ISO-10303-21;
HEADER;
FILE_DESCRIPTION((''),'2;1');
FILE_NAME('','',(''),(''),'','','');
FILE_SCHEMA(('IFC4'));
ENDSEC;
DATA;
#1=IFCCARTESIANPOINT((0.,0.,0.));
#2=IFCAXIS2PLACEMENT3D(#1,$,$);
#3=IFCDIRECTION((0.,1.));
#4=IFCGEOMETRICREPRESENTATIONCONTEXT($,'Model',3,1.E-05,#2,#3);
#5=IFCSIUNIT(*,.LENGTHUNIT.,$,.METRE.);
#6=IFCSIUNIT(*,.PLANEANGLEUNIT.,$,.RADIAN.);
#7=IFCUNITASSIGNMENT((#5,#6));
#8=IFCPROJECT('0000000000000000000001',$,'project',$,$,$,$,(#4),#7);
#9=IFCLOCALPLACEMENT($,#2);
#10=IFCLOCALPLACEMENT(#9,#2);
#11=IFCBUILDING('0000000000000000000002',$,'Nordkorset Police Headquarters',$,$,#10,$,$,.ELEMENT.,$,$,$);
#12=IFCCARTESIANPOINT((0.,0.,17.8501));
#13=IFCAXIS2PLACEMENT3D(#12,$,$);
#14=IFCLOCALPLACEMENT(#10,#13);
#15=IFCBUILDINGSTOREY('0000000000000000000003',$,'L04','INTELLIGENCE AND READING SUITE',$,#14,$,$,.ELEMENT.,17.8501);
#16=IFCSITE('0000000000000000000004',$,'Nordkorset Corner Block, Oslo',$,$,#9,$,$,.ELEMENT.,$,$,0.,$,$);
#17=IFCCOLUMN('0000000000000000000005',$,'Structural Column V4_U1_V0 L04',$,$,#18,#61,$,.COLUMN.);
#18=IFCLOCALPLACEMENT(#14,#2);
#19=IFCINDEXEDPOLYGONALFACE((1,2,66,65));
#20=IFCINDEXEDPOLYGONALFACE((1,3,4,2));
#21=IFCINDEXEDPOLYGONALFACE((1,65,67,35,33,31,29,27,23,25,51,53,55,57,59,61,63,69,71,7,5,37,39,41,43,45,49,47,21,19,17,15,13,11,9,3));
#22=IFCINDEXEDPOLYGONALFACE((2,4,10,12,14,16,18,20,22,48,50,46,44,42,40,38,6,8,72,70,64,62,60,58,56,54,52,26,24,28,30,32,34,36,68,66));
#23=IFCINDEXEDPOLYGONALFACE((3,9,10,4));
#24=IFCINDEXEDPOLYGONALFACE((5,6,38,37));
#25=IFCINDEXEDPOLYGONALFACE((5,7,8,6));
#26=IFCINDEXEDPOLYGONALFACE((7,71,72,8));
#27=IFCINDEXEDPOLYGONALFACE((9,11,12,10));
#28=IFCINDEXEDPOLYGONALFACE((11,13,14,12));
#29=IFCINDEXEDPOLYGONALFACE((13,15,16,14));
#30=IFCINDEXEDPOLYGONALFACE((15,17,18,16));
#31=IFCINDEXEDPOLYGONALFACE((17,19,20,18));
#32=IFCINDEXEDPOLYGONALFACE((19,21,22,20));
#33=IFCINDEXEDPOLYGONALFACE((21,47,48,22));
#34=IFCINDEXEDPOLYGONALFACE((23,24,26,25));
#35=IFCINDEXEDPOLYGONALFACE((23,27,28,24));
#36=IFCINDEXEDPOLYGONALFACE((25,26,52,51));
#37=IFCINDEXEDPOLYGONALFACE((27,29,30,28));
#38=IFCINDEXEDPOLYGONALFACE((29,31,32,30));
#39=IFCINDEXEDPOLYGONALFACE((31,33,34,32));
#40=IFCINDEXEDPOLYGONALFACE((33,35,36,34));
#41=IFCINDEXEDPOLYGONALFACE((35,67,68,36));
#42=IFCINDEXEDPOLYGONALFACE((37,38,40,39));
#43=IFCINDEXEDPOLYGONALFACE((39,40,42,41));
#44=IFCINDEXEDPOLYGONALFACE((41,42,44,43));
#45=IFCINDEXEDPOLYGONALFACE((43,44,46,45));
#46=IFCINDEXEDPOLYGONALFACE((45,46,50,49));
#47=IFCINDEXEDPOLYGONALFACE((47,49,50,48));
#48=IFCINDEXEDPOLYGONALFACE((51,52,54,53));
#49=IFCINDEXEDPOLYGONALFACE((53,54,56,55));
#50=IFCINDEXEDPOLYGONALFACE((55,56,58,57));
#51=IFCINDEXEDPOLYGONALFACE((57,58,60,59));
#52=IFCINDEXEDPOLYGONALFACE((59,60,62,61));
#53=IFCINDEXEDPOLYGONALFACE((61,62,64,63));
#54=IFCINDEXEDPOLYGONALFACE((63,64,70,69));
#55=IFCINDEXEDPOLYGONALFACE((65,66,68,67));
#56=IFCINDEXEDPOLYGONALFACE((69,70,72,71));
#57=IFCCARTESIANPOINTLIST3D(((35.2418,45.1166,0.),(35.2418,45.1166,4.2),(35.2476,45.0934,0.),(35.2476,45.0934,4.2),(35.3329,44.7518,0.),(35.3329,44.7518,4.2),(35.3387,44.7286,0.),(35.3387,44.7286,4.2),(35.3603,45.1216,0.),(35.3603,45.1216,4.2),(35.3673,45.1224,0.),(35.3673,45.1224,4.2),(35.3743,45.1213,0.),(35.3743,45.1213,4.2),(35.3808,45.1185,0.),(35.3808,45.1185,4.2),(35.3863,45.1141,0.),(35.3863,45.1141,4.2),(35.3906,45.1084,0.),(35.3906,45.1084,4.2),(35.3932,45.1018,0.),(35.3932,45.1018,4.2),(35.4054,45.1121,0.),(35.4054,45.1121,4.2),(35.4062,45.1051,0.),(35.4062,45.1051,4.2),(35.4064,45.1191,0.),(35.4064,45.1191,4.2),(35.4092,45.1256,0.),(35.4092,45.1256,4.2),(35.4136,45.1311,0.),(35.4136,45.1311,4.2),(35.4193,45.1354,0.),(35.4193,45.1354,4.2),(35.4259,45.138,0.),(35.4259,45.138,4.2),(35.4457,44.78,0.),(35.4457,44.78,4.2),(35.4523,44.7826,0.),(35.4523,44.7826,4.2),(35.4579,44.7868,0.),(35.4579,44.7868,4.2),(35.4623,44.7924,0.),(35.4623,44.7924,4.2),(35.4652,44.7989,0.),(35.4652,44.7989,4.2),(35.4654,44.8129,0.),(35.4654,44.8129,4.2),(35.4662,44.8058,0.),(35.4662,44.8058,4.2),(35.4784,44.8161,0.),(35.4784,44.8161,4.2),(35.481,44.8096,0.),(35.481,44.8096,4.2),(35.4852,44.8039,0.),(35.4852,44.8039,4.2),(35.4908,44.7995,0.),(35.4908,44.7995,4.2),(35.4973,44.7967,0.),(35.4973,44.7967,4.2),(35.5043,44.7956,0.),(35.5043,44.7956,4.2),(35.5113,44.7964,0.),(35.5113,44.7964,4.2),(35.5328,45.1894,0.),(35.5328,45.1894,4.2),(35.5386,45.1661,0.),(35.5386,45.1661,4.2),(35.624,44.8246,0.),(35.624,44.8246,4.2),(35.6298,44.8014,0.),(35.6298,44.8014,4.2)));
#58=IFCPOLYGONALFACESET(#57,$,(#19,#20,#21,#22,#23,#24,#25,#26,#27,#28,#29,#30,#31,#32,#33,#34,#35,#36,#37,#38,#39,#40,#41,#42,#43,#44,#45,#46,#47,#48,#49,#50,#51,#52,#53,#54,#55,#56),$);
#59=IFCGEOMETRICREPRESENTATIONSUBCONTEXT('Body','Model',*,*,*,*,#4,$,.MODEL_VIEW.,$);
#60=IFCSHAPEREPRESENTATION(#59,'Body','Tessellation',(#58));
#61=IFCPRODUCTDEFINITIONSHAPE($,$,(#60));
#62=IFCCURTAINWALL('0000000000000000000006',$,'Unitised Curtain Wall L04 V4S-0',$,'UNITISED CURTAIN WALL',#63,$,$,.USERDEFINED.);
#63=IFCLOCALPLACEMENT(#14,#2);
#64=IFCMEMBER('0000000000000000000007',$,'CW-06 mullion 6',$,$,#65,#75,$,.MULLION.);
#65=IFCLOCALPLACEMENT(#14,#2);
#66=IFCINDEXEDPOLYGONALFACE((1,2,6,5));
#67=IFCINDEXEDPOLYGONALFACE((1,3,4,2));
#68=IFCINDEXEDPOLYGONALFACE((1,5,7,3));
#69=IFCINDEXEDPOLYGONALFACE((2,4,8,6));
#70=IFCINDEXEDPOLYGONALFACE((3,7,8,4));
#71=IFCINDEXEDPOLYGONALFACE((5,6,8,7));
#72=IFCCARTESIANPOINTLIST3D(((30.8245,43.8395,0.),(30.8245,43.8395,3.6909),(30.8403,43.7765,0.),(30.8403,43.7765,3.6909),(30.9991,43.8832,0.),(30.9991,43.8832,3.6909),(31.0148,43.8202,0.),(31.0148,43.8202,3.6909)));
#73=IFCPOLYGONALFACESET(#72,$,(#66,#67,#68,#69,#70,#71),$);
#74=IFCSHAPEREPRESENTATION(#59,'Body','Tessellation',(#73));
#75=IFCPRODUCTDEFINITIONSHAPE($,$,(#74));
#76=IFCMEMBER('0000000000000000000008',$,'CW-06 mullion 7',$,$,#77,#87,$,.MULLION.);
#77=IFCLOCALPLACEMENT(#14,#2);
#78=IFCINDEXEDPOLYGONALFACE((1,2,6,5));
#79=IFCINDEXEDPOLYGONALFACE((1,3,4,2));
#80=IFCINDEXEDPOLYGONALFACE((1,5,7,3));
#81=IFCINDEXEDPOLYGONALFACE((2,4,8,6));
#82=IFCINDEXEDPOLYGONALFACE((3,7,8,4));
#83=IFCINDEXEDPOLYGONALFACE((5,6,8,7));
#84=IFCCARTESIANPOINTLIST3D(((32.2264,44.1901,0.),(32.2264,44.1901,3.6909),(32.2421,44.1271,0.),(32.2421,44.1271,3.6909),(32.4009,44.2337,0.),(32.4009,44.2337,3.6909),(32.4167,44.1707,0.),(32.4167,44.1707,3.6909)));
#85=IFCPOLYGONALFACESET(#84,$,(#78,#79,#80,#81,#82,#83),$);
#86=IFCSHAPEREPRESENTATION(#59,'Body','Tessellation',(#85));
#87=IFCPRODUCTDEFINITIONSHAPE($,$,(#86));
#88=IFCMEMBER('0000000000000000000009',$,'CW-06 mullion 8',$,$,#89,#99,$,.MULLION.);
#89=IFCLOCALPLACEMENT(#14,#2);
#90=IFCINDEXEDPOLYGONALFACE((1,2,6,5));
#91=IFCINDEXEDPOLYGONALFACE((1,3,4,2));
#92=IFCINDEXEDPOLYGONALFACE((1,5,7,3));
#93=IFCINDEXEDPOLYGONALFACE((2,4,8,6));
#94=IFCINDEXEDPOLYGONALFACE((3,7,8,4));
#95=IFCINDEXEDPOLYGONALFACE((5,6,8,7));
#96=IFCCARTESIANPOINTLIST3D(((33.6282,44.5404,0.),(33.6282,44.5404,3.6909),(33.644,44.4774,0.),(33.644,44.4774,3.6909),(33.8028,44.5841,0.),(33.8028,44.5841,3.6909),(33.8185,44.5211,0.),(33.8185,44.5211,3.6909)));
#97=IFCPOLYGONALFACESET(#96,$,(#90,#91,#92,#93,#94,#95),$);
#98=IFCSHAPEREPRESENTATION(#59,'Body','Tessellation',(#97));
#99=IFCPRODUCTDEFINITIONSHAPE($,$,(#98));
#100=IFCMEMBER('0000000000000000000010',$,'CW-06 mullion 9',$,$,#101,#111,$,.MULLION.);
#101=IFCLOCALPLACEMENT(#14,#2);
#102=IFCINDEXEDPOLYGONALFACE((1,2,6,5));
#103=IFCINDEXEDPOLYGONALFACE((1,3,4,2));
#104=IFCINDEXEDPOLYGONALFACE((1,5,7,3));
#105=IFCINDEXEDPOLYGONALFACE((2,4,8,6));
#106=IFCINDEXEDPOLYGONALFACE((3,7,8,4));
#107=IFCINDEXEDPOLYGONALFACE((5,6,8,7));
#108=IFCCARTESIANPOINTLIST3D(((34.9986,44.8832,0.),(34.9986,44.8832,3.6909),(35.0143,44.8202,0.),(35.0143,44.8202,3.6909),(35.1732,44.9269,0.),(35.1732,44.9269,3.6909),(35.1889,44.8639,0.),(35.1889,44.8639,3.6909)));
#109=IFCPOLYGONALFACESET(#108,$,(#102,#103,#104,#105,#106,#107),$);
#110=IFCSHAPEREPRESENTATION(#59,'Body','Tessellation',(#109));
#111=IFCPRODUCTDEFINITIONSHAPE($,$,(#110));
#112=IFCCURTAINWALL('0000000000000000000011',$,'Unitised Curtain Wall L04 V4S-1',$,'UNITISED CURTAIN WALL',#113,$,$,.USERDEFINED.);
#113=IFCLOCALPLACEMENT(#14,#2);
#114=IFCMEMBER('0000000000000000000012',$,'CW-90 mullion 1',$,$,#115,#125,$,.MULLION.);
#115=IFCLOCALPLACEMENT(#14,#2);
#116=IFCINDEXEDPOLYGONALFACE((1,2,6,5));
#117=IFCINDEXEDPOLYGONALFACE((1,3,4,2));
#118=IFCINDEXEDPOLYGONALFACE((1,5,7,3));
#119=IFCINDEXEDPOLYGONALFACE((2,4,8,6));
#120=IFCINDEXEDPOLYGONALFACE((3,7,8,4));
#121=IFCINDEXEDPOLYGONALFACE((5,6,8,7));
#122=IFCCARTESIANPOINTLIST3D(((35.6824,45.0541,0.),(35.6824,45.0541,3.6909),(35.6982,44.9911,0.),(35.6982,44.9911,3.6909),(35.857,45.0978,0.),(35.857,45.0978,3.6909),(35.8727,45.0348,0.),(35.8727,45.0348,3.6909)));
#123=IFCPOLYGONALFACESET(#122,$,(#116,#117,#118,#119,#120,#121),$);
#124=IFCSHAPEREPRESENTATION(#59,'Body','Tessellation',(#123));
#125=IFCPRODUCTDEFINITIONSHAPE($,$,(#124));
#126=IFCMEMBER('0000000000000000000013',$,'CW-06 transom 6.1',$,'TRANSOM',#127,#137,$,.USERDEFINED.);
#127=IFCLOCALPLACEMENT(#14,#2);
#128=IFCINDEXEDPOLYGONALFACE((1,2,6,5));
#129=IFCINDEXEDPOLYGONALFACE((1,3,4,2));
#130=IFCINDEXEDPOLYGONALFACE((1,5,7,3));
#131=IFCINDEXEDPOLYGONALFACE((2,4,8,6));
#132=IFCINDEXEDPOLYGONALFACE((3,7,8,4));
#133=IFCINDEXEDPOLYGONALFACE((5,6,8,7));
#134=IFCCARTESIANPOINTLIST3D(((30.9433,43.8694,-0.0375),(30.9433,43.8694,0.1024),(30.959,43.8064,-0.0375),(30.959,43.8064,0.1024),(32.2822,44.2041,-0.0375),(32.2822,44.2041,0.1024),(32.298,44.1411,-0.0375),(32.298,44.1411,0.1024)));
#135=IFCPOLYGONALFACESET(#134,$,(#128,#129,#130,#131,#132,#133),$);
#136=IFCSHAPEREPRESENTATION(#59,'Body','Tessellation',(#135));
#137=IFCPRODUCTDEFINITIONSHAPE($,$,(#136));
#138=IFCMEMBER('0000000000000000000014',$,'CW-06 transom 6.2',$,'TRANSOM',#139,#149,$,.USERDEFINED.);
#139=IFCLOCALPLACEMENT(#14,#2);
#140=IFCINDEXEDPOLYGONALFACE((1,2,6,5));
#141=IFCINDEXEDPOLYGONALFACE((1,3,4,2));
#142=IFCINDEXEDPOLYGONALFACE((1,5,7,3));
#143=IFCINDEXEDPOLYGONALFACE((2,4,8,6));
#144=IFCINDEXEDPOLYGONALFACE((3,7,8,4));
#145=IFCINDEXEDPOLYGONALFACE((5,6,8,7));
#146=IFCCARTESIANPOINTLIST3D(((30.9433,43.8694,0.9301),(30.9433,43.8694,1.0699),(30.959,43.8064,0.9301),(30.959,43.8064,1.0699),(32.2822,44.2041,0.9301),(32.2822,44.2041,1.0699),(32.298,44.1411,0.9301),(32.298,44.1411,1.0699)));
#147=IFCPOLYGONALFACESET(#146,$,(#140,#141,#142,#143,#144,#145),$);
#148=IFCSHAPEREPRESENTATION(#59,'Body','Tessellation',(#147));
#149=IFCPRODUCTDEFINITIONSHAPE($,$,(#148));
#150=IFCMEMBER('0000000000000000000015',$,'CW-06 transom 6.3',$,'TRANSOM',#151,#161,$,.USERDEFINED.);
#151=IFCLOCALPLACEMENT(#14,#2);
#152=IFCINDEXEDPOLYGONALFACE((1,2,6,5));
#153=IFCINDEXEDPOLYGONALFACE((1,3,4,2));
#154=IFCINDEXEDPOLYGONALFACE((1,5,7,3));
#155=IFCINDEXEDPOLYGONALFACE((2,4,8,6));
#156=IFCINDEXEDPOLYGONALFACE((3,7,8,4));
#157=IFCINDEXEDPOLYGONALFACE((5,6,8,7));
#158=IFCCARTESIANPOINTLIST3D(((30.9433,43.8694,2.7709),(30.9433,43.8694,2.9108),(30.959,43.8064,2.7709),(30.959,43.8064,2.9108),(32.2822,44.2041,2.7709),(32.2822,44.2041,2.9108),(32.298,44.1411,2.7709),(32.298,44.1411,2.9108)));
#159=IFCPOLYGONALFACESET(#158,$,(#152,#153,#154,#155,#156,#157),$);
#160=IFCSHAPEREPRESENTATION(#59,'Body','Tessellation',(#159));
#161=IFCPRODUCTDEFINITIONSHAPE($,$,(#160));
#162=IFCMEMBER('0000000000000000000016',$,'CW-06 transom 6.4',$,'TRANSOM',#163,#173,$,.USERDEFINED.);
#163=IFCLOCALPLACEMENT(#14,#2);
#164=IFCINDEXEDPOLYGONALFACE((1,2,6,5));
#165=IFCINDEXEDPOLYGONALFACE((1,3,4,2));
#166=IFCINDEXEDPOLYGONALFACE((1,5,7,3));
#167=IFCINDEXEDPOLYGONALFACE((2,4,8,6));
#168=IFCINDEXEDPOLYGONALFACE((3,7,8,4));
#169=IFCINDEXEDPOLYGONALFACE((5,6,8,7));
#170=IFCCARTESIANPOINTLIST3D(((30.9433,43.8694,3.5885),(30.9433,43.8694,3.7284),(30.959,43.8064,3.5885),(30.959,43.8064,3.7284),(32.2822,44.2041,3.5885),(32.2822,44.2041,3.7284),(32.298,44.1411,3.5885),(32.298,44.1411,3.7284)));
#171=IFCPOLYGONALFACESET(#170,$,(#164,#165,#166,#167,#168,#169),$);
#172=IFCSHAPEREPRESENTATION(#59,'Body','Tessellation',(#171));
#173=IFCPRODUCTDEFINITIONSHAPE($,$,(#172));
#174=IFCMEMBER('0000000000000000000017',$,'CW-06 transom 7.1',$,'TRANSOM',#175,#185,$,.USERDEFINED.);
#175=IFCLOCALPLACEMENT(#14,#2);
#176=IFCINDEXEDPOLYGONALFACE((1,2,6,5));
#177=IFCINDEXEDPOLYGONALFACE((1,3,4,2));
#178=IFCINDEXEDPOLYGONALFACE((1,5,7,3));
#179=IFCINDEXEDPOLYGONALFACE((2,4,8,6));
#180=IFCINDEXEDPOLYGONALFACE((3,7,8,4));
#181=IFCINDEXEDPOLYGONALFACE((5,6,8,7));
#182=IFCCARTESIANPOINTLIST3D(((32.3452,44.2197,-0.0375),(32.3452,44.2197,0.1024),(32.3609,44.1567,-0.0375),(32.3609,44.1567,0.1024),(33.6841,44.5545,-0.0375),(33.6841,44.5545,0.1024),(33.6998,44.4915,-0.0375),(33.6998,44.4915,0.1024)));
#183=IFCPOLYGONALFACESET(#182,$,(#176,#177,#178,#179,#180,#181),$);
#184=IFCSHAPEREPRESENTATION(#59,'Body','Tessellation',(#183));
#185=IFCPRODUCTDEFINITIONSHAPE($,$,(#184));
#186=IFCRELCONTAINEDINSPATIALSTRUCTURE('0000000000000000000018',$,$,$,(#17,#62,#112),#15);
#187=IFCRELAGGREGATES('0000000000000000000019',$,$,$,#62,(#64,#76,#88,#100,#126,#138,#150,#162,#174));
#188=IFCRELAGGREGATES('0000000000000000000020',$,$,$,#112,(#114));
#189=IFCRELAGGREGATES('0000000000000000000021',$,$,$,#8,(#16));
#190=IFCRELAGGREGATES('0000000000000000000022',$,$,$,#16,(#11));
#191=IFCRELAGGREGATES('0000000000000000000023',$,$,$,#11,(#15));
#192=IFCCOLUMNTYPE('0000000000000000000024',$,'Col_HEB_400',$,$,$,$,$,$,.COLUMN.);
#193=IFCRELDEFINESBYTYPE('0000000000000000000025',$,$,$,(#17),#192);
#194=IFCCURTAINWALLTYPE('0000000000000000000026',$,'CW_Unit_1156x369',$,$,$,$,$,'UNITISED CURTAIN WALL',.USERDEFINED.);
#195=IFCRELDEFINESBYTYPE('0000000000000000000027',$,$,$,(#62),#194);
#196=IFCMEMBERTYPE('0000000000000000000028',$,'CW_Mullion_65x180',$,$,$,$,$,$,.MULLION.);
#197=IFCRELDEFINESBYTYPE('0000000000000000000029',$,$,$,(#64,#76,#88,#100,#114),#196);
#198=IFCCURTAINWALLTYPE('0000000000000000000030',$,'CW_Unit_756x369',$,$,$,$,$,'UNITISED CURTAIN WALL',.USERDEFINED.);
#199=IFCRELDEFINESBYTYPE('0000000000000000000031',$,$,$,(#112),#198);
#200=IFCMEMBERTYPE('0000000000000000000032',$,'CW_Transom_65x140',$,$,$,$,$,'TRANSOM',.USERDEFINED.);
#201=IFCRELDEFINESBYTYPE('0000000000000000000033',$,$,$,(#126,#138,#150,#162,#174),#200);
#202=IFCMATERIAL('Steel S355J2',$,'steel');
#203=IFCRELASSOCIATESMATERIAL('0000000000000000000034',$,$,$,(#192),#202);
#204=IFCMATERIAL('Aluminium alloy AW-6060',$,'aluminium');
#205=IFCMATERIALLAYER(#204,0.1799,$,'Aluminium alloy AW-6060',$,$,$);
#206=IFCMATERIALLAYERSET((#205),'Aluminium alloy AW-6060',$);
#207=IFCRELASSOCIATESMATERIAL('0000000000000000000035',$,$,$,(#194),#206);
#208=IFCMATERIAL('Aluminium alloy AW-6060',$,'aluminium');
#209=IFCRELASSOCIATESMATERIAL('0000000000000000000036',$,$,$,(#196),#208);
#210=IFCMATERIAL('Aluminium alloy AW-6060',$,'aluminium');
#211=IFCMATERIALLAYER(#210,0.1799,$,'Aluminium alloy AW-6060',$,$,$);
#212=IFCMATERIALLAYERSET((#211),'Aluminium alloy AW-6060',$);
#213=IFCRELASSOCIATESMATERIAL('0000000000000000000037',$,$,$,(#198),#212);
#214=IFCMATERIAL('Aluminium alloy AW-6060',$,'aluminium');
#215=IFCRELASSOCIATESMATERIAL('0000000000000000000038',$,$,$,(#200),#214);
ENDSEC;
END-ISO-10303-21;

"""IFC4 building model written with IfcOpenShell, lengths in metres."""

from ifc_helpers import new_model, si_unit, direction, frame, origin, origin_2d, place, context, subcontext, project, spatial, rectangle, i_section, extrude, material, layer, layer_set, material_profile, profile_set, type_object, element, aggregate, save


model = new_model("IFC4")

# Units and contexts
model_context = context("Model", 3, precision=1e-05, world=origin(), true_north=direction((0.0, 1.0)))
body_context = subcontext(model_context, "Body", "Model", "MODEL_VIEW")
ifc_project = project(units=[si_unit("LENGTHUNIT", "METRE"), si_unit("PLANEANGLEUNIT", "RADIAN")], contexts=[model_context])

# Site, building, storey
site_placement = place(None, origin())
site = spatial("IfcSite", under=ifc_project, at=site_placement, Name="Nordkorset Corner Block, Oslo", CompositionType="ELEMENT", RefElevation=0.0)
building_placement = place(site_placement, origin())
building = spatial("IfcBuilding", under=site, at=building_placement, Name="Nordkorset Police Headquarters", CompositionType="ELEMENT")
storey_placement = place(building_placement, frame((0.0, 0.0, 17.8501)))
storey = spatial("IfcBuildingStorey", under=building, at=storey_placement, Name="L04", Description="INTELLIGENCE AND READING SUITE", CompositionType="ELEMENT", Elevation=17.8501)

# Column
ifc_material_1 = material(Name="Steel S355J2", Category="steel")
ifc_material_profile_1 = material_profile(ifc_material_1, i_section(OverallWidth=0.3, OverallDepth=0.3999, WebThickness=0.0134, FlangeThickness=0.0239, FilletRadius=0.0271, at=origin_2d()), Name="HEB 400")
ifc_profile_set_1 = profile_set([ifc_material_profile_1], Name="Steel S355J2")
column_type = type_object("IfcColumnType", Name="Col_HEB_400", PredefinedType="COLUMN", material=ifc_profile_set_1)
column_placement = place(storey_placement, frame((35.4358, 44.959, 0.0), z_axis=(0.0, 0.0, 1.0), x_axis=(0.970143, 0.242536, 0.0)))
element("IfcColumn", 1, at=column_placement, inside=storey, type_object=column_type, Name="Structural Column V4_U1_V0 L04", PredefinedType="COLUMN", context=body_context, shape_type="SweptSolid", body=[
    extrude(i_section(OverallWidth=0.3, OverallDepth=0.3999, WebThickness=0.0134, FlangeThickness=0.0239, FilletRadius=0.0271, at=origin_2d()), origin(), (0.0, 0.0, 1.0), 4.2),
])

# Curtain wall, members
ifc_material_2 = material(Name="Aluminium alloy AW-6060", Category="aluminium")
ifc_layer_1 = layer(ifc_material_2, 0.1799, Name="Aluminium alloy AW-6060")
ifc_layer_set_1 = layer_set([ifc_layer_1], Name="Aluminium alloy AW-6060")
curtain_wall_type_1 = type_object("IfcCurtainWallType", Name="CW_Unit_1156x369", ElementType="UNITISED CURTAIN WALL", PredefinedType="USERDEFINED", material=ifc_layer_set_1)
curtain_wall_1_placement = place(storey_placement, origin())
curtain_wall_1 = element("IfcCurtainWall", 2, at=curtain_wall_1_placement, inside=storey, type_object=curtain_wall_type_1, Name="Unitised Curtain Wall L04 V4S-0", ObjectType="UNITISED CURTAIN WALL", PredefinedType="USERDEFINED")
ifc_material_3 = material(Name="Aluminium alloy AW-6060", Category="aluminium")
ifc_material_profile_2 = material_profile(ifc_material_3, rectangle(XDim=0.0649, YDim=0.1799, at=origin_2d()), Name="ALU MULL 65x180")
ifc_profile_set_2 = profile_set([ifc_material_profile_2], Name="Aluminium alloy AW-6060")
member_type_1 = type_object("IfcMemberType", Name="CW_Mullion_65x180", PredefinedType="MULLION", material=ifc_profile_set_2)
member_1_placement = place(storey_placement, frame((30.9197, 43.8298, 0.0), z_axis=(0.0, 0.0, 1.0), x_axis=(-0.242536, 0.970143, 0.0)))
member_1 = element("IfcMember", 3, at=member_1_placement, type_object=member_type_1, Name="CW-06 mullion 6", PredefinedType="MULLION", context=body_context, shape_type="SweptSolid", body=[
    extrude(rectangle(XDim=0.0649, YDim=0.1799, at=origin_2d()), origin(), (0.0, 0.0, 1.0), 3.6909),
])
member_2_placement = place(storey_placement, frame((32.3215, 44.1804, 0.0), z_axis=(0.0, 0.0, 1.0), x_axis=(-0.242536, 0.970143, 0.0)))
member_2 = element("IfcMember", 4, at=member_2_placement, type_object=member_type_1, Name="CW-06 mullion 7", PredefinedType="MULLION", context=body_context, shape_type="SweptSolid", body=[
    extrude(rectangle(XDim=0.0649, YDim=0.1799, at=origin_2d()), origin(), (0.0, 0.0, 1.0), 3.6909),
])
member_3_placement = place(storey_placement, frame((33.7234, 44.5308, 0.0), z_axis=(0.0, 0.0, 1.0), x_axis=(-0.242536, 0.970143, 0.0)))
member_3 = element("IfcMember", 5, at=member_3_placement, type_object=member_type_1, Name="CW-06 mullion 8", PredefinedType="MULLION", context=body_context, shape_type="SweptSolid", body=[
    extrude(rectangle(XDim=0.0649, YDim=0.1799, at=origin_2d()), origin(), (0.0, 0.0, 1.0), 3.6909),
])
member_4_placement = place(storey_placement, frame((35.0938, 44.8735, 0.0), z_axis=(0.0, 0.0, 1.0), x_axis=(-0.242536, 0.970143, 0.0)))
member_4 = element("IfcMember", 6, at=member_4_placement, type_object=member_type_1, Name="CW-06 mullion 9", PredefinedType="MULLION", context=body_context, shape_type="SweptSolid", body=[
    extrude(rectangle(XDim=0.0649, YDim=0.1799, at=origin_2d()), origin(), (0.0, 0.0, 1.0), 3.6909),
])

# Curtain wall, member
ifc_material_4 = material(Name="Aluminium alloy AW-6060", Category="aluminium")
ifc_layer_2 = layer(ifc_material_4, 0.1799, Name="Aluminium alloy AW-6060")
ifc_layer_set_2 = layer_set([ifc_layer_2], Name="Aluminium alloy AW-6060")
curtain_wall_type_2 = type_object("IfcCurtainWallType", Name="CW_Unit_756x369", ElementType="UNITISED CURTAIN WALL", PredefinedType="USERDEFINED", material=ifc_layer_set_2)
curtain_wall_2_placement = place(storey_placement, origin())
curtain_wall_2 = element("IfcCurtainWall", 7, at=curtain_wall_2_placement, inside=storey, type_object=curtain_wall_type_2, Name="Unitised Curtain Wall L04 V4S-1", ObjectType="UNITISED CURTAIN WALL", PredefinedType="USERDEFINED")
member_5_placement = place(storey_placement, frame((35.7776, 45.0444, 0.0), z_axis=(0.0, 0.0, 1.0), x_axis=(-0.242536, 0.970143, 0.0)))
member_5 = element("IfcMember", 8, at=member_5_placement, type_object=member_type_1, Name="CW-90 mullion 1", PredefinedType="MULLION", context=body_context, shape_type="SweptSolid", body=[
    extrude(rectangle(XDim=0.0649, YDim=0.1799, at=origin_2d()), origin(), (0.0, 0.0, 1.0), 3.6909),
])

# Members
ifc_material_5 = material(Name="Aluminium alloy AW-6060", Category="aluminium")
ifc_material_profile_3 = material_profile(ifc_material_5, rectangle(XDim=0.0649, YDim=0.1399, at=origin_2d()), Name="ALU TRAN 65x140")
ifc_profile_set_3 = profile_set([ifc_material_profile_3], Name="Aluminium alloy AW-6060")
member_type_2 = type_object("IfcMemberType", Name="CW_Transom_65x140", ElementType="TRANSOM", PredefinedType="USERDEFINED", material=ifc_profile_set_3)
member_6_placement = place(storey_placement, frame((30.9512, 43.8379, 0.0325), z_axis=(0.970143, 0.242536, 0.0), x_axis=(-0.242536, 0.970143, 0.0)))
member_6 = element("IfcMember", 9, at=member_6_placement, type_object=member_type_2, Name="CW-06 transom 6.1", ObjectType="TRANSOM", PredefinedType="USERDEFINED", context=body_context, shape_type="SweptSolid", body=[
    extrude(rectangle(XDim=0.0649, YDim=0.1399, at=origin_2d()), origin(), (0.0, 0.0, 1.0), 1.3801),
])
member_7_placement = place(storey_placement, frame((30.9512, 43.8379, 1.0), z_axis=(0.970143, 0.242536, 0.0), x_axis=(-0.242536, 0.970143, 0.0)))
member_7 = element("IfcMember", 10, at=member_7_placement, type_object=member_type_2, Name="CW-06 transom 6.2", ObjectType="TRANSOM", PredefinedType="USERDEFINED", context=body_context, shape_type="SweptSolid", body=[
    extrude(rectangle(XDim=0.0649, YDim=0.1399, at=origin_2d()), origin(), (0.0, 0.0, 1.0), 1.3801),
])
member_8_placement = place(storey_placement, frame((30.9512, 43.8379, 2.8408), z_axis=(0.970143, 0.242536, 0.0), x_axis=(-0.242536, 0.970143, 0.0)))
member_8 = element("IfcMember", 11, at=member_8_placement, type_object=member_type_2, Name="CW-06 transom 6.3", ObjectType="TRANSOM", PredefinedType="USERDEFINED", context=body_context, shape_type="SweptSolid", body=[
    extrude(rectangle(XDim=0.0649, YDim=0.1399, at=origin_2d()), origin(), (0.0, 0.0, 1.0), 1.3801),
])
member_9_placement = place(storey_placement, frame((30.9512, 43.8379, 3.6584), z_axis=(0.970143, 0.242536, 0.0), x_axis=(-0.242536, 0.970143, 0.0)))
member_9 = element("IfcMember", 12, at=member_9_placement, type_object=member_type_2, Name="CW-06 transom 6.4", ObjectType="TRANSOM", PredefinedType="USERDEFINED", context=body_context, shape_type="SweptSolid", body=[
    extrude(rectangle(XDim=0.0649, YDim=0.1399, at=origin_2d()), origin(), (0.0, 0.0, 1.0), 1.3801),
])
member_10_placement = place(storey_placement, frame((32.353, 44.1882, 0.0325), z_axis=(0.970143, 0.242536, 0.0), x_axis=(-0.242536, 0.970143, 0.0)))
member_10 = element("IfcMember", 13, at=member_10_placement, type_object=member_type_2, Name="CW-06 transom 7.1", ObjectType="TRANSOM", PredefinedType="USERDEFINED", context=body_context, shape_type="SweptSolid", body=[
    extrude(rectangle(XDim=0.0649, YDim=0.1399, at=origin_2d()), origin(), (0.0, 0.0, 1.0), 1.3801),
])

aggregate(curtain_wall_1, [member_1, member_2, member_3, member_4, member_6, member_7, member_8, member_9, member_10])
aggregate(curtain_wall_2, [member_5])

save(model, "model.ifc")
